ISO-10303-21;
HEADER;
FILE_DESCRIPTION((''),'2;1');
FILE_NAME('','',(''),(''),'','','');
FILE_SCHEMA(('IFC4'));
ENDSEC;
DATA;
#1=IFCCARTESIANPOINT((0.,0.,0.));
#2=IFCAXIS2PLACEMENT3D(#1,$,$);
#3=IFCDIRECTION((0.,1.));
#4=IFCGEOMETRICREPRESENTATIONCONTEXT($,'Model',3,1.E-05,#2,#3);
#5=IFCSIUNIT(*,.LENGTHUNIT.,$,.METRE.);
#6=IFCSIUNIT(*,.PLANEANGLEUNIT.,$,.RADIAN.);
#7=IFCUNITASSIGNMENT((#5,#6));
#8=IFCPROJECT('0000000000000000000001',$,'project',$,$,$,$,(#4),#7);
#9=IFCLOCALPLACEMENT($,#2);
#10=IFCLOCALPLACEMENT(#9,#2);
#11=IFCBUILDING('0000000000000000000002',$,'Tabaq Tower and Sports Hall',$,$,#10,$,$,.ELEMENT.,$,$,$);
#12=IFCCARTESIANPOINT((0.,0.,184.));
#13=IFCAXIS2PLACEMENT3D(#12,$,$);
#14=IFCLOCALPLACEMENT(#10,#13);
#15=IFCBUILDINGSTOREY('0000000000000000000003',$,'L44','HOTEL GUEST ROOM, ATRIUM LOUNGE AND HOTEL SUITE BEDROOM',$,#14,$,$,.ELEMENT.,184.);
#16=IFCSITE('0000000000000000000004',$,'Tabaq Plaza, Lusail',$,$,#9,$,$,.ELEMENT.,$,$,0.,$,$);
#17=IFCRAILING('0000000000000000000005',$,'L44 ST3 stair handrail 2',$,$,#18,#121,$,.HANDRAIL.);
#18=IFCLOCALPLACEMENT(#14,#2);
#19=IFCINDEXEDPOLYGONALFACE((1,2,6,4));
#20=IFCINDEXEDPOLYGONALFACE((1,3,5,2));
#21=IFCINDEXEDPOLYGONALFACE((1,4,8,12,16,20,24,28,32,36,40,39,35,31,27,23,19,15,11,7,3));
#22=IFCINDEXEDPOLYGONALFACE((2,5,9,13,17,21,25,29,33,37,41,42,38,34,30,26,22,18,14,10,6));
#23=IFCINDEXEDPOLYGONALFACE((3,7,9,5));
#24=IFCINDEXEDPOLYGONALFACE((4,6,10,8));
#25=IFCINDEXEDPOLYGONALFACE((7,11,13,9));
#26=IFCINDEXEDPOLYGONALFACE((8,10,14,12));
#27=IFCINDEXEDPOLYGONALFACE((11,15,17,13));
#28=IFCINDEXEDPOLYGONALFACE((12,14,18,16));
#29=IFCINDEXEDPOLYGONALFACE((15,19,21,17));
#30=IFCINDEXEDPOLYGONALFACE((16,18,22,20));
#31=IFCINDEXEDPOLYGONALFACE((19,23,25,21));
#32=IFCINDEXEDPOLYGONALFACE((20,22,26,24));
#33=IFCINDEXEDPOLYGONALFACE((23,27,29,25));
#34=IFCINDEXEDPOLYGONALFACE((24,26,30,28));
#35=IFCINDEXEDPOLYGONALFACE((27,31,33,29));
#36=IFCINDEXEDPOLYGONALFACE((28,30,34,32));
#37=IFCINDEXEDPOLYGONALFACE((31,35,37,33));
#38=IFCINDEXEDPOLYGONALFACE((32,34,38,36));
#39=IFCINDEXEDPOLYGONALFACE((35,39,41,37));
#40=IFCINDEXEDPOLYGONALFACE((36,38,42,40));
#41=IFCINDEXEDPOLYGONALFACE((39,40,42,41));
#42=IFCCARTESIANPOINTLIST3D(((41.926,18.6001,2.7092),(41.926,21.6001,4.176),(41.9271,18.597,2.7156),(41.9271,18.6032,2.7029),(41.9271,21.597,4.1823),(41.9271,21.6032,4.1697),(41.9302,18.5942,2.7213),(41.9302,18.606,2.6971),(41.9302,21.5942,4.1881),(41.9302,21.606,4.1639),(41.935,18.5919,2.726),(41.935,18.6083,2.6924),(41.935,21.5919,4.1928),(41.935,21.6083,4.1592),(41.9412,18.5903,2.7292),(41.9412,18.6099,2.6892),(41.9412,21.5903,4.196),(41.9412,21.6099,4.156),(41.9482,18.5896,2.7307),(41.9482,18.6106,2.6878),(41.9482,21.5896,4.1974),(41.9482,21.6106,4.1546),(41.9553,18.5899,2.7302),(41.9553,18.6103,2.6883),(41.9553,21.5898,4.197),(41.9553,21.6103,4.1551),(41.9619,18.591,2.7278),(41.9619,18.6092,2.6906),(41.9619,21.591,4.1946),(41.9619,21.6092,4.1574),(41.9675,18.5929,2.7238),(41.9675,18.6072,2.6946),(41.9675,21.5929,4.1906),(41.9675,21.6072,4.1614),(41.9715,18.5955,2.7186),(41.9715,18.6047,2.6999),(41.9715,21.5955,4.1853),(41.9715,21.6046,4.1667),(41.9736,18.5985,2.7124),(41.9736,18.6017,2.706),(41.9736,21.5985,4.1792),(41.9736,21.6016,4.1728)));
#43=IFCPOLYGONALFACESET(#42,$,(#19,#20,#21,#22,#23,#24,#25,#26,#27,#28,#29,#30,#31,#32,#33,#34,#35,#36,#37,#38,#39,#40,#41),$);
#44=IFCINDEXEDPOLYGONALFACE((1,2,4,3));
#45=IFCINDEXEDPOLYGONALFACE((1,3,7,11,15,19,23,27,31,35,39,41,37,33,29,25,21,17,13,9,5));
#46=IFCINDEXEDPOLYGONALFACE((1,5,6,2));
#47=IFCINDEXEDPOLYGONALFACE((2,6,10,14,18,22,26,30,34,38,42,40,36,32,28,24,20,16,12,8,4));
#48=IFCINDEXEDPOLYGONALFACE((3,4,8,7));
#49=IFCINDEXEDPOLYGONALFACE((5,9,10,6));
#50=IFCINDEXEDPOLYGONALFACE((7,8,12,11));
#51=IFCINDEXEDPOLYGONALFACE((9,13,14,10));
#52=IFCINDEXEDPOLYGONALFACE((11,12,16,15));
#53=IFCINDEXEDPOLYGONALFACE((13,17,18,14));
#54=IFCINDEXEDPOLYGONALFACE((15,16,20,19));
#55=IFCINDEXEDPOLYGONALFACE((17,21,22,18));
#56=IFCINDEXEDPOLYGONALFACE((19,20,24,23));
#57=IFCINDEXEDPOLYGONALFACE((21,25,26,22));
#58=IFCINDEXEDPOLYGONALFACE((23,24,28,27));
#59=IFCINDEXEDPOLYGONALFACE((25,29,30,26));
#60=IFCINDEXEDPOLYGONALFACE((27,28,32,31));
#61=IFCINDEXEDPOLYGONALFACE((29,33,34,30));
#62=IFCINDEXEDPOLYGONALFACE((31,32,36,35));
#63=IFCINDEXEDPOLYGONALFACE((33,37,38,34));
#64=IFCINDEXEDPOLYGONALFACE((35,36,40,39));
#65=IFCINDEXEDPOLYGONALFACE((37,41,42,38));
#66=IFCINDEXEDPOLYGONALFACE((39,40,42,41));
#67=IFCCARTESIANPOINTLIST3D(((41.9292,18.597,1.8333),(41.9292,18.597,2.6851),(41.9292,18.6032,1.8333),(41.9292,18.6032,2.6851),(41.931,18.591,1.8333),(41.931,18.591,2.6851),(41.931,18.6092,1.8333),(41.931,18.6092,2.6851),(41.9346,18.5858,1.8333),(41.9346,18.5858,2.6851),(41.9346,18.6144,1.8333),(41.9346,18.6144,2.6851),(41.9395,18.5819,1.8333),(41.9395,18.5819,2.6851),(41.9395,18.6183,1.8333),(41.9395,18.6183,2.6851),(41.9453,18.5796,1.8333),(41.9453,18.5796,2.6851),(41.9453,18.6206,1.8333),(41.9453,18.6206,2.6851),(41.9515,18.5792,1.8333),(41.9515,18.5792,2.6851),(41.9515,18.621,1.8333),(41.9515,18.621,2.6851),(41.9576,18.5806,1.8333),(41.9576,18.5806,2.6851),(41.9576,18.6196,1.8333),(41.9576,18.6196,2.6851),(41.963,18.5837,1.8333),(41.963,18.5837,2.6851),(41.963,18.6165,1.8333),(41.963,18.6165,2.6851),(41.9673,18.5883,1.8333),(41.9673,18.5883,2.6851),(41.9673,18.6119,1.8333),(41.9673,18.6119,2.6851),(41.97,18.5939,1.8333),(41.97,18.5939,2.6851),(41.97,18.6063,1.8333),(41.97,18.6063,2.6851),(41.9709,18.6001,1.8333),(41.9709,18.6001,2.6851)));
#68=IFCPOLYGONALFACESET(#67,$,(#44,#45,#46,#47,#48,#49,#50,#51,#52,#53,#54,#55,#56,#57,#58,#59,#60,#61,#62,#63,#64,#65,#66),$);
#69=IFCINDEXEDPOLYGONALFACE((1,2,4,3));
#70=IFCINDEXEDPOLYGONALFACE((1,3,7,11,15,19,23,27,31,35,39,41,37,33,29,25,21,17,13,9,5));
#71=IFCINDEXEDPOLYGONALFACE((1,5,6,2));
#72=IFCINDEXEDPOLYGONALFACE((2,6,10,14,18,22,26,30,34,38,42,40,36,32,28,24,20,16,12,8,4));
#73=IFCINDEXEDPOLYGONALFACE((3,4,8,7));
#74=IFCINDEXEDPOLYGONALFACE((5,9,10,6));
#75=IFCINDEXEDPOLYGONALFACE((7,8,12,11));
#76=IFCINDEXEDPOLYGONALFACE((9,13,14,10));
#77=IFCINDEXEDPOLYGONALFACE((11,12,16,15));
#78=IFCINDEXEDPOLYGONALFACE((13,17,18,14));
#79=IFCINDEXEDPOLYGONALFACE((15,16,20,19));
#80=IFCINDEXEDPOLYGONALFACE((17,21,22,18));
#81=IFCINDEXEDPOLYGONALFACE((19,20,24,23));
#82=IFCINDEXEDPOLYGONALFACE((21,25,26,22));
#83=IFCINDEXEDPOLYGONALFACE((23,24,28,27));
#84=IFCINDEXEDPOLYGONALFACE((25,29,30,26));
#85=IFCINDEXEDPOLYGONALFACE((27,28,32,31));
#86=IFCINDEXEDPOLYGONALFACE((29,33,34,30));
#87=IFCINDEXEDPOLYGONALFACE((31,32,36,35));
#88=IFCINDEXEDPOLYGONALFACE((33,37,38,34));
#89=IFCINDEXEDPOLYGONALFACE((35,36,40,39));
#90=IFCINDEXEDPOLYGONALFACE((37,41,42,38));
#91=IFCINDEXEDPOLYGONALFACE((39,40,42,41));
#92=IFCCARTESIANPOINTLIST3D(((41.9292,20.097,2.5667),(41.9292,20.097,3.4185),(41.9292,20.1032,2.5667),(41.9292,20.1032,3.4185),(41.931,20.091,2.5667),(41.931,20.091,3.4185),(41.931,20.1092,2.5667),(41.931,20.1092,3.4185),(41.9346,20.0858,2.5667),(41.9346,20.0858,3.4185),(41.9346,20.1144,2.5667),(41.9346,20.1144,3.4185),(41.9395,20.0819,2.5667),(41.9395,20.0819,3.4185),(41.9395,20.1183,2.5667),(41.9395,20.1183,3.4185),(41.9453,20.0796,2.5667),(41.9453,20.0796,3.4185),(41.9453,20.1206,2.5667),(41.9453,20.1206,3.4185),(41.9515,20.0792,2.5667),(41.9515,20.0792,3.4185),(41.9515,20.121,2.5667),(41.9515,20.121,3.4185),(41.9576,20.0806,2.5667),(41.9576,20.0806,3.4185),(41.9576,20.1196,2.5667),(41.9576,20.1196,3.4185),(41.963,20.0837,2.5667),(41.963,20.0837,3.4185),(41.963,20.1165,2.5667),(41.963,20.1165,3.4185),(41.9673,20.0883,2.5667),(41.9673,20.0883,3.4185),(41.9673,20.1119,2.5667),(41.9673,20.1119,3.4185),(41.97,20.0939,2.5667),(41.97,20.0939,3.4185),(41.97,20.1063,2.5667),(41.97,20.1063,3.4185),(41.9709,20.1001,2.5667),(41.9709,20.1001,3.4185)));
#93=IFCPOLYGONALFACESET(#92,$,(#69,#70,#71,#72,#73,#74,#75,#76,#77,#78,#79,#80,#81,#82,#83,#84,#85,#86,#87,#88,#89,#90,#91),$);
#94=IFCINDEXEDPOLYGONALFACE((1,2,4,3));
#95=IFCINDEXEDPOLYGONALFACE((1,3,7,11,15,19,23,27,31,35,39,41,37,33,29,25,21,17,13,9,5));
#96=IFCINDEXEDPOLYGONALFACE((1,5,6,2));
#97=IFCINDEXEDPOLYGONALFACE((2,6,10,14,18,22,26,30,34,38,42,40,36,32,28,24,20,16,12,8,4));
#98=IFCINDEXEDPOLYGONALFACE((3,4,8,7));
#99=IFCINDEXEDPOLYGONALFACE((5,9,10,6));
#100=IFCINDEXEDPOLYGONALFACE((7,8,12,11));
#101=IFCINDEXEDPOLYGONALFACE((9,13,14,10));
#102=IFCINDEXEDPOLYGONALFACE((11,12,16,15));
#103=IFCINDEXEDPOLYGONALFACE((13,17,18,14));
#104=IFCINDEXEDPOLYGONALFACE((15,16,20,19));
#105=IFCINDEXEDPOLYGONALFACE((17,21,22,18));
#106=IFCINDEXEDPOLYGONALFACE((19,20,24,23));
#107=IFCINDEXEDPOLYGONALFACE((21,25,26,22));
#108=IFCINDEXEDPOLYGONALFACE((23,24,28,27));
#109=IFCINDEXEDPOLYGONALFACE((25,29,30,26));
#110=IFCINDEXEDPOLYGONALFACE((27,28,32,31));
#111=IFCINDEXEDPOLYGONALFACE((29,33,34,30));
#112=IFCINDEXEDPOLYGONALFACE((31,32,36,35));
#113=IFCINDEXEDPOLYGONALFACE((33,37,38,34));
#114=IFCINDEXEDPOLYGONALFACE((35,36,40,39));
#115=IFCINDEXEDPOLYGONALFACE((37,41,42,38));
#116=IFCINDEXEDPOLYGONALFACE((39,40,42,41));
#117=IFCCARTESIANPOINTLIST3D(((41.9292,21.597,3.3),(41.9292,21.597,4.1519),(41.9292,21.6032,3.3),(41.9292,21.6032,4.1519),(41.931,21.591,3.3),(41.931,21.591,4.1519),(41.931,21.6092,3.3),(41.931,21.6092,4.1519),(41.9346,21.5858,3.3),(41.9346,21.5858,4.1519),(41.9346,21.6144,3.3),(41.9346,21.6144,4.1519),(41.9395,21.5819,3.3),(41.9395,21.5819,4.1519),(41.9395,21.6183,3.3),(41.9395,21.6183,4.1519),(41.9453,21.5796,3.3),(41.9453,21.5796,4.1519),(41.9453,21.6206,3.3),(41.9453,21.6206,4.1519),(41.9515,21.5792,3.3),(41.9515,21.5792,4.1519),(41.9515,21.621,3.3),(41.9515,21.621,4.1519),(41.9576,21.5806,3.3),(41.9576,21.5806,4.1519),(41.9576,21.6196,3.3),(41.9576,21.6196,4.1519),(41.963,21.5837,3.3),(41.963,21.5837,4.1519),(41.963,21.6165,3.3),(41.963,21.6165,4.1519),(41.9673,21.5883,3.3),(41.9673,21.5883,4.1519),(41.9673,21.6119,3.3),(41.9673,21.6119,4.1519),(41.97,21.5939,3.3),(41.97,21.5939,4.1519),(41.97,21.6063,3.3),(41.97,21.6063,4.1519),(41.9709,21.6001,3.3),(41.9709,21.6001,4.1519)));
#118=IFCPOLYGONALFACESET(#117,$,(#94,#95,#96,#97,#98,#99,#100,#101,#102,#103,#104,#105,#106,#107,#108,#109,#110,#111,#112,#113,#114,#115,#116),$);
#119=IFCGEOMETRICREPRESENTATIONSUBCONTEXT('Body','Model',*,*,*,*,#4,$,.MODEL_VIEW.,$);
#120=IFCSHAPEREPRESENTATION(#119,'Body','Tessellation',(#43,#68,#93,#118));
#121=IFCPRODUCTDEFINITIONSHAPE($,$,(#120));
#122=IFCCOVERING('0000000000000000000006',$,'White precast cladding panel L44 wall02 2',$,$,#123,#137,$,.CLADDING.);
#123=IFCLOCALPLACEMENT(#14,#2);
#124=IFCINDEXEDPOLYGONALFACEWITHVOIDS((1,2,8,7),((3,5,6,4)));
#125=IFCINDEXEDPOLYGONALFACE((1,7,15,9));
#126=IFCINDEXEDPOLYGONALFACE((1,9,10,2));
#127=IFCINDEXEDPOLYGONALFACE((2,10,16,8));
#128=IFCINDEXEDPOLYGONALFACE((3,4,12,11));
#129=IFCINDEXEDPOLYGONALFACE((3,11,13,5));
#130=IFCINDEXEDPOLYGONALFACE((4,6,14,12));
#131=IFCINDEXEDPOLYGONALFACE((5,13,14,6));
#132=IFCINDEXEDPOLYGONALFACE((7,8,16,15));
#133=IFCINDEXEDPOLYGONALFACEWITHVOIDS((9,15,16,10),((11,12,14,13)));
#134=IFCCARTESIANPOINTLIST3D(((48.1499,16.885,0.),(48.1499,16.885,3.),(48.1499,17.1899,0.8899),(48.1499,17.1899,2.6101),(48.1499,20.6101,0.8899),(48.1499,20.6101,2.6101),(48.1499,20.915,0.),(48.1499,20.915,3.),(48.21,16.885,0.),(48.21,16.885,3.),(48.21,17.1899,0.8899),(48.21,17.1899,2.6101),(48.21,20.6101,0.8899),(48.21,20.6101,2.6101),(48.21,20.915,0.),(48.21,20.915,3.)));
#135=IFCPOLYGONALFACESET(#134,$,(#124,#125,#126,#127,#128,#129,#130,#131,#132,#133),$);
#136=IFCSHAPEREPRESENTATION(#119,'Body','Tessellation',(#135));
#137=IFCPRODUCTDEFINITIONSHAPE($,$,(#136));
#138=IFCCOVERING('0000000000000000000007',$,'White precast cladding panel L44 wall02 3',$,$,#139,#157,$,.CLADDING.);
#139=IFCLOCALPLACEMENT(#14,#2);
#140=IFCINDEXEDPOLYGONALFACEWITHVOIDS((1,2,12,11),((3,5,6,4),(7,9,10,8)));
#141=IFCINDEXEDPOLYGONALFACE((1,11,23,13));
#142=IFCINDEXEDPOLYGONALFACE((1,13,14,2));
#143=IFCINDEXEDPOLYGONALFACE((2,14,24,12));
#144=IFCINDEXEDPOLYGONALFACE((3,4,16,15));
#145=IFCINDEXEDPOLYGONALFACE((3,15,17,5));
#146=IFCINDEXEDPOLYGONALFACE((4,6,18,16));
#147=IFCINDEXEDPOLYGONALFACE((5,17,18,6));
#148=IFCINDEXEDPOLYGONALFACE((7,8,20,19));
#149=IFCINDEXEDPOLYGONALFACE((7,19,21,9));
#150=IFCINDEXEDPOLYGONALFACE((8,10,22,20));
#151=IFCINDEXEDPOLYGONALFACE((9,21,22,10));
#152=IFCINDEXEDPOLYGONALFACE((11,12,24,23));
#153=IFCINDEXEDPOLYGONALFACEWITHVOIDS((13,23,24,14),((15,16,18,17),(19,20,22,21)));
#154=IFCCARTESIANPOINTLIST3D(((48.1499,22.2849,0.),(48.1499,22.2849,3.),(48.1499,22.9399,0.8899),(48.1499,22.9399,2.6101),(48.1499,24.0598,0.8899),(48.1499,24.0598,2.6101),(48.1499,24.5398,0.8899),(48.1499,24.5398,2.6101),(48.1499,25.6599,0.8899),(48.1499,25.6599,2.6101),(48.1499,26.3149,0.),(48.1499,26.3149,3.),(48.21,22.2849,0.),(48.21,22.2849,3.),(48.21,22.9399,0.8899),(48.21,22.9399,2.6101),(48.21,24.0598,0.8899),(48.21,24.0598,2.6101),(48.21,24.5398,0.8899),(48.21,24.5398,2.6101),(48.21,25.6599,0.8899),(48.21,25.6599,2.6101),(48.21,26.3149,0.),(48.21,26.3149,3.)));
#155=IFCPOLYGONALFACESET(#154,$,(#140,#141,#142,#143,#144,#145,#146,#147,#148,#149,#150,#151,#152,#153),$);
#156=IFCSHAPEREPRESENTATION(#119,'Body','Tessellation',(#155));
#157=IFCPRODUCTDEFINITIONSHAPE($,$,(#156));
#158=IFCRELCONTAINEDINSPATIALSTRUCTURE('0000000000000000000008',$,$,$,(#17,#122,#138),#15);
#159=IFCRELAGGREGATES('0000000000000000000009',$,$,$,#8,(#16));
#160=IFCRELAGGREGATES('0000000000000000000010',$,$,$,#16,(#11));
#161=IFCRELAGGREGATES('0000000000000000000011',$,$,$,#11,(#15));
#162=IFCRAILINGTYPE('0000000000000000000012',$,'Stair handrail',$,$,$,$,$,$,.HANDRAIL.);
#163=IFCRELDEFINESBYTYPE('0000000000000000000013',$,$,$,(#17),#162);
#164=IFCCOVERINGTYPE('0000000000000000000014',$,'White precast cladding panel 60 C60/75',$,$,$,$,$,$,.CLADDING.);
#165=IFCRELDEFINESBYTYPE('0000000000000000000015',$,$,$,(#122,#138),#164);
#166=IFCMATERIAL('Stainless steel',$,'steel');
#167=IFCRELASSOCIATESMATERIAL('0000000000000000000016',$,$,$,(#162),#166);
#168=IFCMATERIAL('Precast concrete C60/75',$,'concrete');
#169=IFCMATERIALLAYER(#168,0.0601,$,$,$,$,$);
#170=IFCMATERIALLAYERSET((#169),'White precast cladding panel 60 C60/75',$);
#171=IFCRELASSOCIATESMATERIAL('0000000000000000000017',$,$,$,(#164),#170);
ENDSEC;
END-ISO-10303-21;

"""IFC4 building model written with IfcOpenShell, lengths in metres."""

from ifc_helpers import new_model, si_unit, direction, frame, origin, origin_2d, place, context, subcontext, project, spatial, polyline, circle, outline, extrude, material, layer, layer_set, type_object, element, save


model = new_model("IFC4")

# Units and contexts
model_context = context("Model", 3, precision=1e-05, world=origin(), true_north=direction((0.0, 1.0)))
body_context = subcontext(model_context, "Body", "Model", "MODEL_VIEW")
ifc_project = project(units=[si_unit("LENGTHUNIT", "METRE"), si_unit("PLANEANGLEUNIT", "RADIAN")], contexts=[model_context])

# Site, building, storey
site_placement = place(None, origin())
site = spatial("IfcSite", under=ifc_project, at=site_placement, Name="Tabaq Plaza, Lusail", CompositionType="ELEMENT", RefElevation=0.0)
building_placement = place(site_placement, origin())
building = spatial("IfcBuilding", under=site, at=building_placement, Name="Tabaq Tower and Sports Hall", CompositionType="ELEMENT")
storey_placement = place(building_placement, frame((0.0, 0.0, 184.0)))
storey = spatial("IfcBuildingStorey", under=building, at=storey_placement, Name="L44", Description="HOTEL GUEST ROOM, ATRIUM LOUNGE AND HOTEL SUITE BEDROOM", CompositionType="ELEMENT", Elevation=184.0)

# Railing
ifc_material_1 = material(Name="Stainless steel", Category="steel")
railing_type_1 = type_object("IfcRailingType", Name="Stair handrail", PredefinedType="HANDRAIL", material=ifc_material_1)
railing_1_placement = place(storey_placement, frame((41.95, 18.6001, 1.8333)))
element("IfcRailing", 1, at=railing_1_placement, inside=storey, type_object=railing_type_1, Name="L44 ST3 stair handrail 2", PredefinedType="HANDRAIL", context=body_context, shape_type="SweptSolid", body=[
    extrude(circle(Radius=0.0239, at=origin_2d()), frame((0.0, 0.0, 0.876), z_axis=(0.0, 0.898369, 0.439242), x_axis=(-1.0, 0.0, 0.0)), (0.0, 0.0, 1.0), 3.3394),
    extrude(circle(Radius=0.021, at=origin_2d()), origin(), (0.0, 0.0, 1.0), 0.8518),
    extrude(circle(Radius=0.021, at=origin_2d()), frame((0.0, 1.5, 0.7334)), (0.0, 0.0, 1.0), 0.8518),
    extrude(circle(Radius=0.021, at=origin_2d()), frame((0.0, 3.0, 1.4668)), (0.0, 0.0, 1.0), 0.8518),
])

# Coverings
ifc_material_2 = material(Name="Precast concrete C60/75", Category="concrete")
ifc_layer_1 = layer(ifc_material_2, 0.0601)
ifc_layer_set_1 = layer_set([ifc_layer_1], Name="White precast cladding panel 60 C60/75")
covering_type_1 = type_object("IfcCoveringType", Name="White precast cladding panel 60 C60/75", PredefinedType="CLADDING", material=ifc_layer_set_1)
covering_1_placement = place(storey_placement, frame((48.1799, 16.885, 0.0), z_axis=(0.0, 0.0, 1.0), x_axis=(0.0, 1.0, 0.0)))
element("IfcCovering", 2, at=covering_1_placement, inside=storey, type_object=covering_type_1, Name="White precast cladding panel L44 wall02 2", PredefinedType="CLADDING", context=body_context, shape_type="SweptSolid", body=[
    extrude(outline(polyline([(0.0, 0.0), (4.03, 0.0), (4.03, 3.0), (0.0, 3.0), (0.0, 0.0)]), holes=[polyline([(0.3049, 0.8899), (0.3049, 2.6101), (3.7251, 2.6101), (3.7251, 0.8899), (0.3049, 0.8899)])]), frame((0.0, 0.03, 0.0), z_axis=(0.0, -1.0, 0.0), x_axis=(1.0, 0.0, 0.0)), (0.0, 0.0, 1.0), 0.0601),
])
covering_2_placement = place(storey_placement, frame((48.1799, 22.2849, 0.0), z_axis=(0.0, 0.0, 1.0), x_axis=(0.0, 1.0, 0.0)))
element("IfcCovering", 3, at=covering_2_placement, inside=storey, type_object=covering_type_1, Name="White precast cladding panel L44 wall02 3", PredefinedType="CLADDING", context=body_context, shape_type="SweptSolid", body=[
    extrude(outline(polyline([(0.0, 0.0), (4.03, 0.0), (4.03, 3.0), (0.0, 3.0), (0.0, 0.0)]), holes=[polyline([(0.655, 2.6101), (1.7749, 2.6101), (1.7749, 0.8899), (0.655, 0.8899), (0.655, 2.6101)]), polyline([(2.2549, 2.6101), (3.375, 2.6101), (3.375, 0.8899), (2.2549, 0.8899), (2.2549, 2.6101)])]), frame((0.0, 0.03, 0.0), z_axis=(0.0, -1.0, 0.0), x_axis=(1.0, 0.0, 0.0)), (0.0, 0.0, 1.0), 0.0601),
])

save(model, "model.ifc")
